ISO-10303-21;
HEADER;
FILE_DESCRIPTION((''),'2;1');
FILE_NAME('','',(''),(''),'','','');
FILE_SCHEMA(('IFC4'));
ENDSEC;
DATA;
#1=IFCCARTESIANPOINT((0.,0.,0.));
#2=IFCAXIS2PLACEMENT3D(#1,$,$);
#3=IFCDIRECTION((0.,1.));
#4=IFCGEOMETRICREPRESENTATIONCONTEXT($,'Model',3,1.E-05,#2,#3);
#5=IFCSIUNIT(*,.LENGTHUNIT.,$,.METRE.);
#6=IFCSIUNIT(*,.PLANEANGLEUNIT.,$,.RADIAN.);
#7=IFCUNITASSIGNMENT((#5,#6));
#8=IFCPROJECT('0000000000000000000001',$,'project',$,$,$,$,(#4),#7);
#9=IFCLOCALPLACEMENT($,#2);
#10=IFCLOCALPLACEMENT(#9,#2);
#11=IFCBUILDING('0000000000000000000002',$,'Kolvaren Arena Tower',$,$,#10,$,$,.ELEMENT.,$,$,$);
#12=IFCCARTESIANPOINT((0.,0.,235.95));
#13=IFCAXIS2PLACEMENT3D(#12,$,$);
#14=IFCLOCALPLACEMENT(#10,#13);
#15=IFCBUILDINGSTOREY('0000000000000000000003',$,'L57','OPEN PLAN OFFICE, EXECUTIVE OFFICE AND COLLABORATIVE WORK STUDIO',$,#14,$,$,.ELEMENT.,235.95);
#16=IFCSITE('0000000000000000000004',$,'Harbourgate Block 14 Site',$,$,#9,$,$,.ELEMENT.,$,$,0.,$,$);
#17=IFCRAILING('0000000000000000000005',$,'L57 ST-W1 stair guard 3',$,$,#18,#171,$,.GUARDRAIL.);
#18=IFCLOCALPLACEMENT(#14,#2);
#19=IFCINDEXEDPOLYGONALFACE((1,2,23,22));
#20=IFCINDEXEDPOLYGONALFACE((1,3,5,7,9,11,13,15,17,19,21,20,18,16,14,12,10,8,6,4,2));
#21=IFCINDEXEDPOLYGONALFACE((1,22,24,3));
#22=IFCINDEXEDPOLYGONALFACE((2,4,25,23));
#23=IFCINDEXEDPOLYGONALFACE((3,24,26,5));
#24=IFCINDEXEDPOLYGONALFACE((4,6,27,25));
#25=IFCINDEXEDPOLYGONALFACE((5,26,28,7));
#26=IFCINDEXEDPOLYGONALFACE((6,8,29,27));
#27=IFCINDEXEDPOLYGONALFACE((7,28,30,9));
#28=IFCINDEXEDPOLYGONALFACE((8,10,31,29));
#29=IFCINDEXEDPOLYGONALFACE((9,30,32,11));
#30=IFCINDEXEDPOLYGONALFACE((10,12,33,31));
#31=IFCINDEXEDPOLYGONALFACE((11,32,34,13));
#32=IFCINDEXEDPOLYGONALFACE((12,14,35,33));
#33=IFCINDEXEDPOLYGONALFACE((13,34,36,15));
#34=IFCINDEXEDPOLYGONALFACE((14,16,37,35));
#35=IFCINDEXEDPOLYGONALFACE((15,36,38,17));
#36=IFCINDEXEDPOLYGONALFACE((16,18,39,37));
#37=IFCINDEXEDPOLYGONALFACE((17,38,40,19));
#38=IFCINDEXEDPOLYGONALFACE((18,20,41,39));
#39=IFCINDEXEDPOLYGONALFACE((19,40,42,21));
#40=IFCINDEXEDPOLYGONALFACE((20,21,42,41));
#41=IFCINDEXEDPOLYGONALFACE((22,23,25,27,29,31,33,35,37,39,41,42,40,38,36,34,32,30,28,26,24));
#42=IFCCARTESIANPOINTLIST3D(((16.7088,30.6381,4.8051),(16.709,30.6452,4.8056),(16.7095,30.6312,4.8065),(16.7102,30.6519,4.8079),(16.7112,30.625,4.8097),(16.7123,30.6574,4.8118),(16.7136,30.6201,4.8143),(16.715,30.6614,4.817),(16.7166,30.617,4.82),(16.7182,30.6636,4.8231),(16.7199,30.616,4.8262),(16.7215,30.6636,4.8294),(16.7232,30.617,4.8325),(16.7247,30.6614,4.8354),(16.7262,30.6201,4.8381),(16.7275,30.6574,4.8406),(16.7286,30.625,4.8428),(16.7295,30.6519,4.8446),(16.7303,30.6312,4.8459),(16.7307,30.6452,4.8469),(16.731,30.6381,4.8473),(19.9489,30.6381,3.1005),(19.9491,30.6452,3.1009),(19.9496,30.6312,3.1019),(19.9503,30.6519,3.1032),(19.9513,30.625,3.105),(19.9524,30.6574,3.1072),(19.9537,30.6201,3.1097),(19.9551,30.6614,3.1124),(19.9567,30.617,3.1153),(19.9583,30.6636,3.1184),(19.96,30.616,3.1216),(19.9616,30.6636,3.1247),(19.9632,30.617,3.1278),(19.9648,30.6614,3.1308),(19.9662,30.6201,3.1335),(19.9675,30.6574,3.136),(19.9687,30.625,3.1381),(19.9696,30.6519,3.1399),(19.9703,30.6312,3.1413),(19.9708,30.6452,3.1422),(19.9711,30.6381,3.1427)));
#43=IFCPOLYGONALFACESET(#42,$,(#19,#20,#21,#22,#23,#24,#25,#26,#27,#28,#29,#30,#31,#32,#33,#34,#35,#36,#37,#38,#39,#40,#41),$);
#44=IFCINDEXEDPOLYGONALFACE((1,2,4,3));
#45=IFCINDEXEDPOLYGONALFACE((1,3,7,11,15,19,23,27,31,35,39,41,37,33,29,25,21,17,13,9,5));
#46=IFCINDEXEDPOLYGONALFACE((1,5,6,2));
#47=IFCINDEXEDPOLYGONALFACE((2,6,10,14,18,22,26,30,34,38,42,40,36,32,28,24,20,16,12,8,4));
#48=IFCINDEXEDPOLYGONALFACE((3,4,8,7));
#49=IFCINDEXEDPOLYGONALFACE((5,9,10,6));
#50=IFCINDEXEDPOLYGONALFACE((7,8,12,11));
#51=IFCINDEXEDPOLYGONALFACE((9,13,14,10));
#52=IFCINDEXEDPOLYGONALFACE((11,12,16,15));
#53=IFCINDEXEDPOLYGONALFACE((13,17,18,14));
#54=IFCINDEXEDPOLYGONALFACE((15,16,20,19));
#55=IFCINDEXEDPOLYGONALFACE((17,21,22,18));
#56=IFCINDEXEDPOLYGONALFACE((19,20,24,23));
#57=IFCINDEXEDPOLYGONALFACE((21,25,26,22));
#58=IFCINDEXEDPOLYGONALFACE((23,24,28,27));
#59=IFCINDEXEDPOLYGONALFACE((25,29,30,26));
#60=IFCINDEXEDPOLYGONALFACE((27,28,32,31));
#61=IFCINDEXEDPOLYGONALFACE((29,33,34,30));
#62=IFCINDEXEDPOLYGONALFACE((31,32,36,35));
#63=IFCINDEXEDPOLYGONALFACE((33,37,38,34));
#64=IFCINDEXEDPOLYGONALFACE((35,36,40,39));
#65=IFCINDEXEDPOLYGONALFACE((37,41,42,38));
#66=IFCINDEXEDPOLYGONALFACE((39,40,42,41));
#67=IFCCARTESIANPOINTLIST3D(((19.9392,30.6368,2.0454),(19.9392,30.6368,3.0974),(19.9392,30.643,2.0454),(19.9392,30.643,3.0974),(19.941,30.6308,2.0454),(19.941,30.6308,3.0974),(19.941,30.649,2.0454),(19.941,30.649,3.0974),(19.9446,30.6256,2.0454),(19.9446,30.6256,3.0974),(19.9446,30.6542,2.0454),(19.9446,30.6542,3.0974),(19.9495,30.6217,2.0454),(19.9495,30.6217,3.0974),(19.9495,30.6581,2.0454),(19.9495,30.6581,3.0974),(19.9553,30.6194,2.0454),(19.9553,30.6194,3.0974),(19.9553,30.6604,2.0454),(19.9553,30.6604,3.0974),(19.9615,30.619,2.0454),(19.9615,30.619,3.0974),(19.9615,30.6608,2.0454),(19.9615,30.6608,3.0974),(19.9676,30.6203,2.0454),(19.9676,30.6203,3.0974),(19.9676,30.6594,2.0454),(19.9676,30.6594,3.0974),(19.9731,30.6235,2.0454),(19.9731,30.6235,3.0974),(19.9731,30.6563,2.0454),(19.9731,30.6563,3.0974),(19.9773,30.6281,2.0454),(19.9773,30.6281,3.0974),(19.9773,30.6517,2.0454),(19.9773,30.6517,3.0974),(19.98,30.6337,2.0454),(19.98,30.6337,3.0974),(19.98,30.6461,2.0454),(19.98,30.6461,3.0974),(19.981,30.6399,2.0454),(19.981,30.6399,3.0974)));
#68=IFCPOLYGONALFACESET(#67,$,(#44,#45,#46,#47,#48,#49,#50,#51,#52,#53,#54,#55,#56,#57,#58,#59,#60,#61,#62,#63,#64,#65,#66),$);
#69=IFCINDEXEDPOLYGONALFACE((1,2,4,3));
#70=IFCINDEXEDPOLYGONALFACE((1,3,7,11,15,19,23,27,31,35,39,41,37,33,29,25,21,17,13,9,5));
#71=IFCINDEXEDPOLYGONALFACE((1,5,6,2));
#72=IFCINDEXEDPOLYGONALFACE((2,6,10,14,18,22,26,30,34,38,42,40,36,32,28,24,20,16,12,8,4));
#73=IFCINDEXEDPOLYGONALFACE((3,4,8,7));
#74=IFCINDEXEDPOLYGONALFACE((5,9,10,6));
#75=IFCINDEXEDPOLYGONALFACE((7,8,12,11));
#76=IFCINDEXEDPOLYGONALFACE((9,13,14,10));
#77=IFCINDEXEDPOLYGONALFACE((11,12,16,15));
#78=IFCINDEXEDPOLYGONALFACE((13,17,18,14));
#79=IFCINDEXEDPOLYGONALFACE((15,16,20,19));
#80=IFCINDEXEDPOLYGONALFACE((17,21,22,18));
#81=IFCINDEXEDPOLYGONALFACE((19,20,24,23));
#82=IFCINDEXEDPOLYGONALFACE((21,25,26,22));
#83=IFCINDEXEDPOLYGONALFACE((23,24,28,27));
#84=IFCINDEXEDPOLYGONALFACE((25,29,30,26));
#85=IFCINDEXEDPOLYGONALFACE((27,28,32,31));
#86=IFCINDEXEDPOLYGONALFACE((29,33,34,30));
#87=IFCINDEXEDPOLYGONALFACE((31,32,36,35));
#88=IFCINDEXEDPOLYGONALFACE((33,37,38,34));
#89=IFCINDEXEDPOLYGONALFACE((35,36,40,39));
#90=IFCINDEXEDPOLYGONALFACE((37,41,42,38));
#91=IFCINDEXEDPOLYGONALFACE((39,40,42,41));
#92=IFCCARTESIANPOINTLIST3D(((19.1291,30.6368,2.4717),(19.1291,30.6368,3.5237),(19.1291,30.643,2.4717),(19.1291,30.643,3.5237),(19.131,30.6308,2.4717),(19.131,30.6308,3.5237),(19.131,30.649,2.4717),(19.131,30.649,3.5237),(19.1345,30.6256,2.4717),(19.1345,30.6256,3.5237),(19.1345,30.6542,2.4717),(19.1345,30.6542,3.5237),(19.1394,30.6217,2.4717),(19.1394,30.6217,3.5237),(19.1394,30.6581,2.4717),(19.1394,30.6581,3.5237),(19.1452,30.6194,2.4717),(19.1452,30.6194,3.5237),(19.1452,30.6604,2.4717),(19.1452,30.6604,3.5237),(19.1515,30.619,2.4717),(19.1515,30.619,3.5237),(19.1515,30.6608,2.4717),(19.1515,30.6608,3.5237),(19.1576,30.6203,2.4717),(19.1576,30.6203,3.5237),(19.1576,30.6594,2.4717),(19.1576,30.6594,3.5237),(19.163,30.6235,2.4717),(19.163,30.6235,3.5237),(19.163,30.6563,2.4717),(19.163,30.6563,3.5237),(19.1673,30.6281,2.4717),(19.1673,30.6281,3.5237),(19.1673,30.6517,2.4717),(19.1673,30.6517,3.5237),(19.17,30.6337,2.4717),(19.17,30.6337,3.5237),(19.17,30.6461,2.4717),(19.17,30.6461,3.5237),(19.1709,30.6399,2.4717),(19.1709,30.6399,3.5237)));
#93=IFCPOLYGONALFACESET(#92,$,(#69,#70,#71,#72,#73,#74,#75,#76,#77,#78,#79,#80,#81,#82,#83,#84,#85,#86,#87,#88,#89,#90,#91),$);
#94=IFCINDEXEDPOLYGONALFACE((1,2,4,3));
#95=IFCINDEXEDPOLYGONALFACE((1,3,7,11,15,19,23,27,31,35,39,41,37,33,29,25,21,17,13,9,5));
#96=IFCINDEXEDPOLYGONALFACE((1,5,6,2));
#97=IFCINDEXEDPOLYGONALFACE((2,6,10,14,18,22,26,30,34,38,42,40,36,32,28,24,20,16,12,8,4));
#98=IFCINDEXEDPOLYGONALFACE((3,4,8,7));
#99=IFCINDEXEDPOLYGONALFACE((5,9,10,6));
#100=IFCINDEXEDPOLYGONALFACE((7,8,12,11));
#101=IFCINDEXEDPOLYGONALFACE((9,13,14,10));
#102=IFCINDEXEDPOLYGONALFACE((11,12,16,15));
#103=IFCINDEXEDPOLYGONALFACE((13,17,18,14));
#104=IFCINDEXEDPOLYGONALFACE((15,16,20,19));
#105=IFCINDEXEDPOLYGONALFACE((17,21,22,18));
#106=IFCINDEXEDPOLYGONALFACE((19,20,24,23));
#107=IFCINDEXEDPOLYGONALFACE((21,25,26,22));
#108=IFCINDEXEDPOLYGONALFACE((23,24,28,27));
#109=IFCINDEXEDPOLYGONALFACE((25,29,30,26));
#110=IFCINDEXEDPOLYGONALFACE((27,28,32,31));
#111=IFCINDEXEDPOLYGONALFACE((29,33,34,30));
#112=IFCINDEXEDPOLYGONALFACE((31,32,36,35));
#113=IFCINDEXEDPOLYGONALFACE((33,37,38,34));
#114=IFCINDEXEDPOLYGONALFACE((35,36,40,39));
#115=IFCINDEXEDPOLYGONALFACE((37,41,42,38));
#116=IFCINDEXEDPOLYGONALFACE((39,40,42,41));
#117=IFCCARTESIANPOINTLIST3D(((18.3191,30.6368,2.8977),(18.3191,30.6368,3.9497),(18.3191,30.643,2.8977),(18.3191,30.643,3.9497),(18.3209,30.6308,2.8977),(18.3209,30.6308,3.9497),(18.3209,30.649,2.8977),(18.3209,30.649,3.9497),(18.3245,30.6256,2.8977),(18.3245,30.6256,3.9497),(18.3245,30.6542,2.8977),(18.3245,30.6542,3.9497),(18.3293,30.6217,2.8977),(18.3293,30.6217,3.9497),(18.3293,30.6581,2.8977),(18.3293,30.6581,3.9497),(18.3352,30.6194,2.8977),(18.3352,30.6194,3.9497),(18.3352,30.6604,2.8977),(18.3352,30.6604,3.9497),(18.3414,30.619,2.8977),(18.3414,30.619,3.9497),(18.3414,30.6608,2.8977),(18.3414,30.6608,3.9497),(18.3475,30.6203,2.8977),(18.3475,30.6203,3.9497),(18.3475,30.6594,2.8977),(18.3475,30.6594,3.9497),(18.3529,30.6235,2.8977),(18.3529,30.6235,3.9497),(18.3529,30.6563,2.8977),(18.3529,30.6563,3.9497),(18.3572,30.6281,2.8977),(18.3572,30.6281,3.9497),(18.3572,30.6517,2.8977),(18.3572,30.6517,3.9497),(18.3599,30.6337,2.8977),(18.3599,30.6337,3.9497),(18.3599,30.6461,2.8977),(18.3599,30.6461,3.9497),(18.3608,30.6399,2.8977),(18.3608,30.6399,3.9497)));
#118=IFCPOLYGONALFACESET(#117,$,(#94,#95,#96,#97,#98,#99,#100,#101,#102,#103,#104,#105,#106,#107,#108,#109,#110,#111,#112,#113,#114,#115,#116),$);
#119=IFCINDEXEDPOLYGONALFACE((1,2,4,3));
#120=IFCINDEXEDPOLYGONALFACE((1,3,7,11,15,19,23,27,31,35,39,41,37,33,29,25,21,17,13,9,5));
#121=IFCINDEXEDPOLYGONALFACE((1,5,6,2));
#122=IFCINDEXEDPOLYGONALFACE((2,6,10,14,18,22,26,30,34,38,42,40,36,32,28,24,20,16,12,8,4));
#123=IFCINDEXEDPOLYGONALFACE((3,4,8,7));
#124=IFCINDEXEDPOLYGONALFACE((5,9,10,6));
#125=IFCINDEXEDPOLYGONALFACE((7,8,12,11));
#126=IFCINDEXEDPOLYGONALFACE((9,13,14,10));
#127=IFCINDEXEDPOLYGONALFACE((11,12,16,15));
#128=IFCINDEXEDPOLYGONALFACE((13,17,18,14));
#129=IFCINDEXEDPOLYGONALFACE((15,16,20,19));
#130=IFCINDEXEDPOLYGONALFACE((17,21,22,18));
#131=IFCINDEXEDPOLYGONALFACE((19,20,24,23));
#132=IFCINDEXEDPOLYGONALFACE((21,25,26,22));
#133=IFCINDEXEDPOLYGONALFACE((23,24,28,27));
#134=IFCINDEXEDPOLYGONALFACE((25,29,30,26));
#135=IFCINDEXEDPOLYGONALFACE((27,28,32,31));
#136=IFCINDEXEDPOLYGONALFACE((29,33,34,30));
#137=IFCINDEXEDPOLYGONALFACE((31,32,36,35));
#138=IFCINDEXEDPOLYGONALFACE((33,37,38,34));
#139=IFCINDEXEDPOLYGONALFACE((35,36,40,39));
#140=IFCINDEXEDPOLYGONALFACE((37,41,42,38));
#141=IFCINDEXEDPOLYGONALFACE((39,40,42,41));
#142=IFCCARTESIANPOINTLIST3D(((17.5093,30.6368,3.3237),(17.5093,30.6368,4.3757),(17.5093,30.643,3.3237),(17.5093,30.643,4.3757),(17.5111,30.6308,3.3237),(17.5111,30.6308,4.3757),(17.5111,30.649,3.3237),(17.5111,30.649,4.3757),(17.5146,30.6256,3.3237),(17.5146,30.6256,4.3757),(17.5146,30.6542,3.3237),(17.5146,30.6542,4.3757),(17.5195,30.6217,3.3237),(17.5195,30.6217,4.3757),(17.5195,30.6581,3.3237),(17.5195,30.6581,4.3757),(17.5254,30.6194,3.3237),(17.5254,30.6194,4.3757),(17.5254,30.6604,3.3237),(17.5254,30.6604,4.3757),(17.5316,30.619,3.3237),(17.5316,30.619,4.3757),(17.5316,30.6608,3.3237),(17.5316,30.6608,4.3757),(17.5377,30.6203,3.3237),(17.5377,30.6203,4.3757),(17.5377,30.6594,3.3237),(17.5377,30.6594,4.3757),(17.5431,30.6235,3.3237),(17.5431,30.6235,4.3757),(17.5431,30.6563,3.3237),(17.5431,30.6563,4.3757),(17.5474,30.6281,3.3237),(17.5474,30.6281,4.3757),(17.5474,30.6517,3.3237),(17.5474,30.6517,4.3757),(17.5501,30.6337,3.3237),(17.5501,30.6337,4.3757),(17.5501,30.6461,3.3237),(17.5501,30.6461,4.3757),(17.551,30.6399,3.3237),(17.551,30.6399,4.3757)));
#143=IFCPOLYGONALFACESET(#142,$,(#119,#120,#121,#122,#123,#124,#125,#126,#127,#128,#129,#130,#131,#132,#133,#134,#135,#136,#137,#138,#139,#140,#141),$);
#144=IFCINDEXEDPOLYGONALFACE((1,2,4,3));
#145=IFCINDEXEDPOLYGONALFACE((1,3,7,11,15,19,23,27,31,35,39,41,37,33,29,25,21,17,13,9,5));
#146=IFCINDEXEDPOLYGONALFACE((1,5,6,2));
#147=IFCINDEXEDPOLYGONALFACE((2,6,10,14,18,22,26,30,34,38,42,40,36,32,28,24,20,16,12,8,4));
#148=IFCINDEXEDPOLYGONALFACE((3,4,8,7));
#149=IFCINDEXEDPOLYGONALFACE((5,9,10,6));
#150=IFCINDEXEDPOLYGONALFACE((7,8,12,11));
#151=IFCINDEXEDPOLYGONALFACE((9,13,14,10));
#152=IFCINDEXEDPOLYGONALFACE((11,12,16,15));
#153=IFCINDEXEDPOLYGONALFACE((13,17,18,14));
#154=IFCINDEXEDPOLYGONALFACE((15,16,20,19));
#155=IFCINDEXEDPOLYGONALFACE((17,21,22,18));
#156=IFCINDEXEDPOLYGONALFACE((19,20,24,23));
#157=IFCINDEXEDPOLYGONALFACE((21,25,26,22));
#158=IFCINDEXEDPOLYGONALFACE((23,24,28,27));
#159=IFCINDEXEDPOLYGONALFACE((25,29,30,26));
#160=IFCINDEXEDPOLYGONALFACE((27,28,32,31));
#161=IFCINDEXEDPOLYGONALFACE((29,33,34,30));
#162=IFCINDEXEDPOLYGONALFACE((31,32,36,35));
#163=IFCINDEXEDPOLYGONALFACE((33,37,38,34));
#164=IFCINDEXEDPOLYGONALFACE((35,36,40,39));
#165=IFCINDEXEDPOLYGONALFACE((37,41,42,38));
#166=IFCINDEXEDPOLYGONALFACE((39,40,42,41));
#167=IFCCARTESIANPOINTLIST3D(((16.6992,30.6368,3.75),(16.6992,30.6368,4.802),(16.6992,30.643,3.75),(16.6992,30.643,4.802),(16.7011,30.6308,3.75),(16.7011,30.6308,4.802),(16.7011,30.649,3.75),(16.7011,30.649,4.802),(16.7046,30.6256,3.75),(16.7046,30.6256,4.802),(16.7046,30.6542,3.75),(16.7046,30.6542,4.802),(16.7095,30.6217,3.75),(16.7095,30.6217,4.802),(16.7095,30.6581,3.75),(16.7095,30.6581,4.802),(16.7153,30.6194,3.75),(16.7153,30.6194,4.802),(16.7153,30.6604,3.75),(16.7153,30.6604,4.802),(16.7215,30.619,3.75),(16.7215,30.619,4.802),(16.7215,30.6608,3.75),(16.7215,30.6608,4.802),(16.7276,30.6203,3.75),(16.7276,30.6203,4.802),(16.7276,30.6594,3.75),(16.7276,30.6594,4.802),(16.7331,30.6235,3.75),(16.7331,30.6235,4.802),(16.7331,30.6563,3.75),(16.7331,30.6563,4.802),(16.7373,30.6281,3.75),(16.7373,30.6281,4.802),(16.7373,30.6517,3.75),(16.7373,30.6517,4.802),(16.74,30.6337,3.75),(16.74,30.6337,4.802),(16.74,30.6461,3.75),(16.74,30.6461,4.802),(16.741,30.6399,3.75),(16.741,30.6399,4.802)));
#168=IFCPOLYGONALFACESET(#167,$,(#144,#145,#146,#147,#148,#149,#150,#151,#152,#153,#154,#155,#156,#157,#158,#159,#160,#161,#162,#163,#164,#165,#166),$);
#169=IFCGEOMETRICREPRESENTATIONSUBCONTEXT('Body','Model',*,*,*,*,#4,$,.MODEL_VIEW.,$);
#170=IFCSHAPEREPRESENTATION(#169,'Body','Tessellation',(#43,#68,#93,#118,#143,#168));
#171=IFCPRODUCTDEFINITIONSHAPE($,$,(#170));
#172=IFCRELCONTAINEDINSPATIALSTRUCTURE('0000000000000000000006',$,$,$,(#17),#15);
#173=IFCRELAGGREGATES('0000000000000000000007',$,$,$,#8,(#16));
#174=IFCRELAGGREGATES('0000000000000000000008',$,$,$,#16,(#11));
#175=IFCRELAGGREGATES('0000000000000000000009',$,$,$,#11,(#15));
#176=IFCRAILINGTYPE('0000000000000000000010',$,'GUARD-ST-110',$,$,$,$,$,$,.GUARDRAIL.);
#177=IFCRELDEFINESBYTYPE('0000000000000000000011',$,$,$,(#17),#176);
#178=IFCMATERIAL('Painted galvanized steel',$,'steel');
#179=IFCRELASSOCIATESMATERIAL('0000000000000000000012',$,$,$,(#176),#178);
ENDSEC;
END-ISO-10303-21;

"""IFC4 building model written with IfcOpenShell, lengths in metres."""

from ifc_helpers import new_model, si_unit, direction, frame, origin, origin_2d, place, context, subcontext, project, spatial, circle, extrude, material, type_object, element, save


model = new_model("IFC4")

# Units and contexts
model_context = context("Model", 3, precision=1e-05, world=origin(), true_north=direction((0.0, 1.0)))
body_context = subcontext(model_context, "Body", "Model", "MODEL_VIEW")
ifc_project = project(units=[si_unit("LENGTHUNIT", "METRE"), si_unit("PLANEANGLEUNIT", "RADIAN")], contexts=[model_context])

# Site, building, storey
site_placement = place(None, origin())
site = spatial("IfcSite", under=ifc_project, at=site_placement, Name="Harbourgate Block 14 Site", CompositionType="ELEMENT", RefElevation=0.0)
building_placement = place(site_placement, origin())
building = spatial("IfcBuilding", under=site, at=building_placement, Name="Kolvaren Arena Tower", CompositionType="ELEMENT")
storey_placement = place(building_placement, frame((0.0, 0.0, 235.95)))
storey = spatial("IfcBuildingStorey", under=building, at=storey_placement, Name="L57", Description="OPEN PLAN OFFICE, EXECUTIVE OFFICE AND COLLABORATIVE WORK STUDIO", CompositionType="ELEMENT", Elevation=235.95)

# Railing
ifc_material_1 = material(Name="Painted galvanized steel", Category="steel")
railing_type_1 = type_object("IfcRailingType", Name="GUARD-ST-110", PredefinedType="GUARDRAIL", material=ifc_material_1)
railing_1_placement = place(storey_placement, frame((19.96, 30.6399, 2.0454)))
element("IfcRailing", 1, at=railing_1_placement, inside=storey, type_object=railing_type_1, Name="L57 ST-W1 stair guard 3", PredefinedType="GUARDRAIL", context=body_context, shape_type="SweptSolid", body=[
    extrude(circle(Radius=0.0239, at=origin_2d()), frame((0.0, 0.0, 1.0762), z_axis=(-0.884993, 0.0, 0.465604), x_axis=(0.0, -1.0, 0.0)), (0.0, 0.0, 1.0), 3.6611),
    extrude(circle(Radius=0.021, at=origin_2d()), origin(), (0.0, 0.0, 1.0), 1.052),
    extrude(circle(Radius=0.021, at=origin_2d()), frame((-0.8101, 0.0, 0.4263)), (0.0, 0.0, 1.0), 1.052),
    extrude(circle(Radius=0.021, at=origin_2d()), frame((-1.6201, 0.0, 0.8523)), (0.0, 0.0, 1.0), 1.052),
    extrude(circle(Radius=0.021, at=origin_2d()), frame((-2.4299, 0.0, 1.2783)), (0.0, 0.0, 1.0), 1.052),
    extrude(circle(Radius=0.021, at=origin_2d()), frame((-3.24, 0.0, 1.7046)), (0.0, 0.0, 1.0), 1.052),
])

save(model, "model.ifc")
